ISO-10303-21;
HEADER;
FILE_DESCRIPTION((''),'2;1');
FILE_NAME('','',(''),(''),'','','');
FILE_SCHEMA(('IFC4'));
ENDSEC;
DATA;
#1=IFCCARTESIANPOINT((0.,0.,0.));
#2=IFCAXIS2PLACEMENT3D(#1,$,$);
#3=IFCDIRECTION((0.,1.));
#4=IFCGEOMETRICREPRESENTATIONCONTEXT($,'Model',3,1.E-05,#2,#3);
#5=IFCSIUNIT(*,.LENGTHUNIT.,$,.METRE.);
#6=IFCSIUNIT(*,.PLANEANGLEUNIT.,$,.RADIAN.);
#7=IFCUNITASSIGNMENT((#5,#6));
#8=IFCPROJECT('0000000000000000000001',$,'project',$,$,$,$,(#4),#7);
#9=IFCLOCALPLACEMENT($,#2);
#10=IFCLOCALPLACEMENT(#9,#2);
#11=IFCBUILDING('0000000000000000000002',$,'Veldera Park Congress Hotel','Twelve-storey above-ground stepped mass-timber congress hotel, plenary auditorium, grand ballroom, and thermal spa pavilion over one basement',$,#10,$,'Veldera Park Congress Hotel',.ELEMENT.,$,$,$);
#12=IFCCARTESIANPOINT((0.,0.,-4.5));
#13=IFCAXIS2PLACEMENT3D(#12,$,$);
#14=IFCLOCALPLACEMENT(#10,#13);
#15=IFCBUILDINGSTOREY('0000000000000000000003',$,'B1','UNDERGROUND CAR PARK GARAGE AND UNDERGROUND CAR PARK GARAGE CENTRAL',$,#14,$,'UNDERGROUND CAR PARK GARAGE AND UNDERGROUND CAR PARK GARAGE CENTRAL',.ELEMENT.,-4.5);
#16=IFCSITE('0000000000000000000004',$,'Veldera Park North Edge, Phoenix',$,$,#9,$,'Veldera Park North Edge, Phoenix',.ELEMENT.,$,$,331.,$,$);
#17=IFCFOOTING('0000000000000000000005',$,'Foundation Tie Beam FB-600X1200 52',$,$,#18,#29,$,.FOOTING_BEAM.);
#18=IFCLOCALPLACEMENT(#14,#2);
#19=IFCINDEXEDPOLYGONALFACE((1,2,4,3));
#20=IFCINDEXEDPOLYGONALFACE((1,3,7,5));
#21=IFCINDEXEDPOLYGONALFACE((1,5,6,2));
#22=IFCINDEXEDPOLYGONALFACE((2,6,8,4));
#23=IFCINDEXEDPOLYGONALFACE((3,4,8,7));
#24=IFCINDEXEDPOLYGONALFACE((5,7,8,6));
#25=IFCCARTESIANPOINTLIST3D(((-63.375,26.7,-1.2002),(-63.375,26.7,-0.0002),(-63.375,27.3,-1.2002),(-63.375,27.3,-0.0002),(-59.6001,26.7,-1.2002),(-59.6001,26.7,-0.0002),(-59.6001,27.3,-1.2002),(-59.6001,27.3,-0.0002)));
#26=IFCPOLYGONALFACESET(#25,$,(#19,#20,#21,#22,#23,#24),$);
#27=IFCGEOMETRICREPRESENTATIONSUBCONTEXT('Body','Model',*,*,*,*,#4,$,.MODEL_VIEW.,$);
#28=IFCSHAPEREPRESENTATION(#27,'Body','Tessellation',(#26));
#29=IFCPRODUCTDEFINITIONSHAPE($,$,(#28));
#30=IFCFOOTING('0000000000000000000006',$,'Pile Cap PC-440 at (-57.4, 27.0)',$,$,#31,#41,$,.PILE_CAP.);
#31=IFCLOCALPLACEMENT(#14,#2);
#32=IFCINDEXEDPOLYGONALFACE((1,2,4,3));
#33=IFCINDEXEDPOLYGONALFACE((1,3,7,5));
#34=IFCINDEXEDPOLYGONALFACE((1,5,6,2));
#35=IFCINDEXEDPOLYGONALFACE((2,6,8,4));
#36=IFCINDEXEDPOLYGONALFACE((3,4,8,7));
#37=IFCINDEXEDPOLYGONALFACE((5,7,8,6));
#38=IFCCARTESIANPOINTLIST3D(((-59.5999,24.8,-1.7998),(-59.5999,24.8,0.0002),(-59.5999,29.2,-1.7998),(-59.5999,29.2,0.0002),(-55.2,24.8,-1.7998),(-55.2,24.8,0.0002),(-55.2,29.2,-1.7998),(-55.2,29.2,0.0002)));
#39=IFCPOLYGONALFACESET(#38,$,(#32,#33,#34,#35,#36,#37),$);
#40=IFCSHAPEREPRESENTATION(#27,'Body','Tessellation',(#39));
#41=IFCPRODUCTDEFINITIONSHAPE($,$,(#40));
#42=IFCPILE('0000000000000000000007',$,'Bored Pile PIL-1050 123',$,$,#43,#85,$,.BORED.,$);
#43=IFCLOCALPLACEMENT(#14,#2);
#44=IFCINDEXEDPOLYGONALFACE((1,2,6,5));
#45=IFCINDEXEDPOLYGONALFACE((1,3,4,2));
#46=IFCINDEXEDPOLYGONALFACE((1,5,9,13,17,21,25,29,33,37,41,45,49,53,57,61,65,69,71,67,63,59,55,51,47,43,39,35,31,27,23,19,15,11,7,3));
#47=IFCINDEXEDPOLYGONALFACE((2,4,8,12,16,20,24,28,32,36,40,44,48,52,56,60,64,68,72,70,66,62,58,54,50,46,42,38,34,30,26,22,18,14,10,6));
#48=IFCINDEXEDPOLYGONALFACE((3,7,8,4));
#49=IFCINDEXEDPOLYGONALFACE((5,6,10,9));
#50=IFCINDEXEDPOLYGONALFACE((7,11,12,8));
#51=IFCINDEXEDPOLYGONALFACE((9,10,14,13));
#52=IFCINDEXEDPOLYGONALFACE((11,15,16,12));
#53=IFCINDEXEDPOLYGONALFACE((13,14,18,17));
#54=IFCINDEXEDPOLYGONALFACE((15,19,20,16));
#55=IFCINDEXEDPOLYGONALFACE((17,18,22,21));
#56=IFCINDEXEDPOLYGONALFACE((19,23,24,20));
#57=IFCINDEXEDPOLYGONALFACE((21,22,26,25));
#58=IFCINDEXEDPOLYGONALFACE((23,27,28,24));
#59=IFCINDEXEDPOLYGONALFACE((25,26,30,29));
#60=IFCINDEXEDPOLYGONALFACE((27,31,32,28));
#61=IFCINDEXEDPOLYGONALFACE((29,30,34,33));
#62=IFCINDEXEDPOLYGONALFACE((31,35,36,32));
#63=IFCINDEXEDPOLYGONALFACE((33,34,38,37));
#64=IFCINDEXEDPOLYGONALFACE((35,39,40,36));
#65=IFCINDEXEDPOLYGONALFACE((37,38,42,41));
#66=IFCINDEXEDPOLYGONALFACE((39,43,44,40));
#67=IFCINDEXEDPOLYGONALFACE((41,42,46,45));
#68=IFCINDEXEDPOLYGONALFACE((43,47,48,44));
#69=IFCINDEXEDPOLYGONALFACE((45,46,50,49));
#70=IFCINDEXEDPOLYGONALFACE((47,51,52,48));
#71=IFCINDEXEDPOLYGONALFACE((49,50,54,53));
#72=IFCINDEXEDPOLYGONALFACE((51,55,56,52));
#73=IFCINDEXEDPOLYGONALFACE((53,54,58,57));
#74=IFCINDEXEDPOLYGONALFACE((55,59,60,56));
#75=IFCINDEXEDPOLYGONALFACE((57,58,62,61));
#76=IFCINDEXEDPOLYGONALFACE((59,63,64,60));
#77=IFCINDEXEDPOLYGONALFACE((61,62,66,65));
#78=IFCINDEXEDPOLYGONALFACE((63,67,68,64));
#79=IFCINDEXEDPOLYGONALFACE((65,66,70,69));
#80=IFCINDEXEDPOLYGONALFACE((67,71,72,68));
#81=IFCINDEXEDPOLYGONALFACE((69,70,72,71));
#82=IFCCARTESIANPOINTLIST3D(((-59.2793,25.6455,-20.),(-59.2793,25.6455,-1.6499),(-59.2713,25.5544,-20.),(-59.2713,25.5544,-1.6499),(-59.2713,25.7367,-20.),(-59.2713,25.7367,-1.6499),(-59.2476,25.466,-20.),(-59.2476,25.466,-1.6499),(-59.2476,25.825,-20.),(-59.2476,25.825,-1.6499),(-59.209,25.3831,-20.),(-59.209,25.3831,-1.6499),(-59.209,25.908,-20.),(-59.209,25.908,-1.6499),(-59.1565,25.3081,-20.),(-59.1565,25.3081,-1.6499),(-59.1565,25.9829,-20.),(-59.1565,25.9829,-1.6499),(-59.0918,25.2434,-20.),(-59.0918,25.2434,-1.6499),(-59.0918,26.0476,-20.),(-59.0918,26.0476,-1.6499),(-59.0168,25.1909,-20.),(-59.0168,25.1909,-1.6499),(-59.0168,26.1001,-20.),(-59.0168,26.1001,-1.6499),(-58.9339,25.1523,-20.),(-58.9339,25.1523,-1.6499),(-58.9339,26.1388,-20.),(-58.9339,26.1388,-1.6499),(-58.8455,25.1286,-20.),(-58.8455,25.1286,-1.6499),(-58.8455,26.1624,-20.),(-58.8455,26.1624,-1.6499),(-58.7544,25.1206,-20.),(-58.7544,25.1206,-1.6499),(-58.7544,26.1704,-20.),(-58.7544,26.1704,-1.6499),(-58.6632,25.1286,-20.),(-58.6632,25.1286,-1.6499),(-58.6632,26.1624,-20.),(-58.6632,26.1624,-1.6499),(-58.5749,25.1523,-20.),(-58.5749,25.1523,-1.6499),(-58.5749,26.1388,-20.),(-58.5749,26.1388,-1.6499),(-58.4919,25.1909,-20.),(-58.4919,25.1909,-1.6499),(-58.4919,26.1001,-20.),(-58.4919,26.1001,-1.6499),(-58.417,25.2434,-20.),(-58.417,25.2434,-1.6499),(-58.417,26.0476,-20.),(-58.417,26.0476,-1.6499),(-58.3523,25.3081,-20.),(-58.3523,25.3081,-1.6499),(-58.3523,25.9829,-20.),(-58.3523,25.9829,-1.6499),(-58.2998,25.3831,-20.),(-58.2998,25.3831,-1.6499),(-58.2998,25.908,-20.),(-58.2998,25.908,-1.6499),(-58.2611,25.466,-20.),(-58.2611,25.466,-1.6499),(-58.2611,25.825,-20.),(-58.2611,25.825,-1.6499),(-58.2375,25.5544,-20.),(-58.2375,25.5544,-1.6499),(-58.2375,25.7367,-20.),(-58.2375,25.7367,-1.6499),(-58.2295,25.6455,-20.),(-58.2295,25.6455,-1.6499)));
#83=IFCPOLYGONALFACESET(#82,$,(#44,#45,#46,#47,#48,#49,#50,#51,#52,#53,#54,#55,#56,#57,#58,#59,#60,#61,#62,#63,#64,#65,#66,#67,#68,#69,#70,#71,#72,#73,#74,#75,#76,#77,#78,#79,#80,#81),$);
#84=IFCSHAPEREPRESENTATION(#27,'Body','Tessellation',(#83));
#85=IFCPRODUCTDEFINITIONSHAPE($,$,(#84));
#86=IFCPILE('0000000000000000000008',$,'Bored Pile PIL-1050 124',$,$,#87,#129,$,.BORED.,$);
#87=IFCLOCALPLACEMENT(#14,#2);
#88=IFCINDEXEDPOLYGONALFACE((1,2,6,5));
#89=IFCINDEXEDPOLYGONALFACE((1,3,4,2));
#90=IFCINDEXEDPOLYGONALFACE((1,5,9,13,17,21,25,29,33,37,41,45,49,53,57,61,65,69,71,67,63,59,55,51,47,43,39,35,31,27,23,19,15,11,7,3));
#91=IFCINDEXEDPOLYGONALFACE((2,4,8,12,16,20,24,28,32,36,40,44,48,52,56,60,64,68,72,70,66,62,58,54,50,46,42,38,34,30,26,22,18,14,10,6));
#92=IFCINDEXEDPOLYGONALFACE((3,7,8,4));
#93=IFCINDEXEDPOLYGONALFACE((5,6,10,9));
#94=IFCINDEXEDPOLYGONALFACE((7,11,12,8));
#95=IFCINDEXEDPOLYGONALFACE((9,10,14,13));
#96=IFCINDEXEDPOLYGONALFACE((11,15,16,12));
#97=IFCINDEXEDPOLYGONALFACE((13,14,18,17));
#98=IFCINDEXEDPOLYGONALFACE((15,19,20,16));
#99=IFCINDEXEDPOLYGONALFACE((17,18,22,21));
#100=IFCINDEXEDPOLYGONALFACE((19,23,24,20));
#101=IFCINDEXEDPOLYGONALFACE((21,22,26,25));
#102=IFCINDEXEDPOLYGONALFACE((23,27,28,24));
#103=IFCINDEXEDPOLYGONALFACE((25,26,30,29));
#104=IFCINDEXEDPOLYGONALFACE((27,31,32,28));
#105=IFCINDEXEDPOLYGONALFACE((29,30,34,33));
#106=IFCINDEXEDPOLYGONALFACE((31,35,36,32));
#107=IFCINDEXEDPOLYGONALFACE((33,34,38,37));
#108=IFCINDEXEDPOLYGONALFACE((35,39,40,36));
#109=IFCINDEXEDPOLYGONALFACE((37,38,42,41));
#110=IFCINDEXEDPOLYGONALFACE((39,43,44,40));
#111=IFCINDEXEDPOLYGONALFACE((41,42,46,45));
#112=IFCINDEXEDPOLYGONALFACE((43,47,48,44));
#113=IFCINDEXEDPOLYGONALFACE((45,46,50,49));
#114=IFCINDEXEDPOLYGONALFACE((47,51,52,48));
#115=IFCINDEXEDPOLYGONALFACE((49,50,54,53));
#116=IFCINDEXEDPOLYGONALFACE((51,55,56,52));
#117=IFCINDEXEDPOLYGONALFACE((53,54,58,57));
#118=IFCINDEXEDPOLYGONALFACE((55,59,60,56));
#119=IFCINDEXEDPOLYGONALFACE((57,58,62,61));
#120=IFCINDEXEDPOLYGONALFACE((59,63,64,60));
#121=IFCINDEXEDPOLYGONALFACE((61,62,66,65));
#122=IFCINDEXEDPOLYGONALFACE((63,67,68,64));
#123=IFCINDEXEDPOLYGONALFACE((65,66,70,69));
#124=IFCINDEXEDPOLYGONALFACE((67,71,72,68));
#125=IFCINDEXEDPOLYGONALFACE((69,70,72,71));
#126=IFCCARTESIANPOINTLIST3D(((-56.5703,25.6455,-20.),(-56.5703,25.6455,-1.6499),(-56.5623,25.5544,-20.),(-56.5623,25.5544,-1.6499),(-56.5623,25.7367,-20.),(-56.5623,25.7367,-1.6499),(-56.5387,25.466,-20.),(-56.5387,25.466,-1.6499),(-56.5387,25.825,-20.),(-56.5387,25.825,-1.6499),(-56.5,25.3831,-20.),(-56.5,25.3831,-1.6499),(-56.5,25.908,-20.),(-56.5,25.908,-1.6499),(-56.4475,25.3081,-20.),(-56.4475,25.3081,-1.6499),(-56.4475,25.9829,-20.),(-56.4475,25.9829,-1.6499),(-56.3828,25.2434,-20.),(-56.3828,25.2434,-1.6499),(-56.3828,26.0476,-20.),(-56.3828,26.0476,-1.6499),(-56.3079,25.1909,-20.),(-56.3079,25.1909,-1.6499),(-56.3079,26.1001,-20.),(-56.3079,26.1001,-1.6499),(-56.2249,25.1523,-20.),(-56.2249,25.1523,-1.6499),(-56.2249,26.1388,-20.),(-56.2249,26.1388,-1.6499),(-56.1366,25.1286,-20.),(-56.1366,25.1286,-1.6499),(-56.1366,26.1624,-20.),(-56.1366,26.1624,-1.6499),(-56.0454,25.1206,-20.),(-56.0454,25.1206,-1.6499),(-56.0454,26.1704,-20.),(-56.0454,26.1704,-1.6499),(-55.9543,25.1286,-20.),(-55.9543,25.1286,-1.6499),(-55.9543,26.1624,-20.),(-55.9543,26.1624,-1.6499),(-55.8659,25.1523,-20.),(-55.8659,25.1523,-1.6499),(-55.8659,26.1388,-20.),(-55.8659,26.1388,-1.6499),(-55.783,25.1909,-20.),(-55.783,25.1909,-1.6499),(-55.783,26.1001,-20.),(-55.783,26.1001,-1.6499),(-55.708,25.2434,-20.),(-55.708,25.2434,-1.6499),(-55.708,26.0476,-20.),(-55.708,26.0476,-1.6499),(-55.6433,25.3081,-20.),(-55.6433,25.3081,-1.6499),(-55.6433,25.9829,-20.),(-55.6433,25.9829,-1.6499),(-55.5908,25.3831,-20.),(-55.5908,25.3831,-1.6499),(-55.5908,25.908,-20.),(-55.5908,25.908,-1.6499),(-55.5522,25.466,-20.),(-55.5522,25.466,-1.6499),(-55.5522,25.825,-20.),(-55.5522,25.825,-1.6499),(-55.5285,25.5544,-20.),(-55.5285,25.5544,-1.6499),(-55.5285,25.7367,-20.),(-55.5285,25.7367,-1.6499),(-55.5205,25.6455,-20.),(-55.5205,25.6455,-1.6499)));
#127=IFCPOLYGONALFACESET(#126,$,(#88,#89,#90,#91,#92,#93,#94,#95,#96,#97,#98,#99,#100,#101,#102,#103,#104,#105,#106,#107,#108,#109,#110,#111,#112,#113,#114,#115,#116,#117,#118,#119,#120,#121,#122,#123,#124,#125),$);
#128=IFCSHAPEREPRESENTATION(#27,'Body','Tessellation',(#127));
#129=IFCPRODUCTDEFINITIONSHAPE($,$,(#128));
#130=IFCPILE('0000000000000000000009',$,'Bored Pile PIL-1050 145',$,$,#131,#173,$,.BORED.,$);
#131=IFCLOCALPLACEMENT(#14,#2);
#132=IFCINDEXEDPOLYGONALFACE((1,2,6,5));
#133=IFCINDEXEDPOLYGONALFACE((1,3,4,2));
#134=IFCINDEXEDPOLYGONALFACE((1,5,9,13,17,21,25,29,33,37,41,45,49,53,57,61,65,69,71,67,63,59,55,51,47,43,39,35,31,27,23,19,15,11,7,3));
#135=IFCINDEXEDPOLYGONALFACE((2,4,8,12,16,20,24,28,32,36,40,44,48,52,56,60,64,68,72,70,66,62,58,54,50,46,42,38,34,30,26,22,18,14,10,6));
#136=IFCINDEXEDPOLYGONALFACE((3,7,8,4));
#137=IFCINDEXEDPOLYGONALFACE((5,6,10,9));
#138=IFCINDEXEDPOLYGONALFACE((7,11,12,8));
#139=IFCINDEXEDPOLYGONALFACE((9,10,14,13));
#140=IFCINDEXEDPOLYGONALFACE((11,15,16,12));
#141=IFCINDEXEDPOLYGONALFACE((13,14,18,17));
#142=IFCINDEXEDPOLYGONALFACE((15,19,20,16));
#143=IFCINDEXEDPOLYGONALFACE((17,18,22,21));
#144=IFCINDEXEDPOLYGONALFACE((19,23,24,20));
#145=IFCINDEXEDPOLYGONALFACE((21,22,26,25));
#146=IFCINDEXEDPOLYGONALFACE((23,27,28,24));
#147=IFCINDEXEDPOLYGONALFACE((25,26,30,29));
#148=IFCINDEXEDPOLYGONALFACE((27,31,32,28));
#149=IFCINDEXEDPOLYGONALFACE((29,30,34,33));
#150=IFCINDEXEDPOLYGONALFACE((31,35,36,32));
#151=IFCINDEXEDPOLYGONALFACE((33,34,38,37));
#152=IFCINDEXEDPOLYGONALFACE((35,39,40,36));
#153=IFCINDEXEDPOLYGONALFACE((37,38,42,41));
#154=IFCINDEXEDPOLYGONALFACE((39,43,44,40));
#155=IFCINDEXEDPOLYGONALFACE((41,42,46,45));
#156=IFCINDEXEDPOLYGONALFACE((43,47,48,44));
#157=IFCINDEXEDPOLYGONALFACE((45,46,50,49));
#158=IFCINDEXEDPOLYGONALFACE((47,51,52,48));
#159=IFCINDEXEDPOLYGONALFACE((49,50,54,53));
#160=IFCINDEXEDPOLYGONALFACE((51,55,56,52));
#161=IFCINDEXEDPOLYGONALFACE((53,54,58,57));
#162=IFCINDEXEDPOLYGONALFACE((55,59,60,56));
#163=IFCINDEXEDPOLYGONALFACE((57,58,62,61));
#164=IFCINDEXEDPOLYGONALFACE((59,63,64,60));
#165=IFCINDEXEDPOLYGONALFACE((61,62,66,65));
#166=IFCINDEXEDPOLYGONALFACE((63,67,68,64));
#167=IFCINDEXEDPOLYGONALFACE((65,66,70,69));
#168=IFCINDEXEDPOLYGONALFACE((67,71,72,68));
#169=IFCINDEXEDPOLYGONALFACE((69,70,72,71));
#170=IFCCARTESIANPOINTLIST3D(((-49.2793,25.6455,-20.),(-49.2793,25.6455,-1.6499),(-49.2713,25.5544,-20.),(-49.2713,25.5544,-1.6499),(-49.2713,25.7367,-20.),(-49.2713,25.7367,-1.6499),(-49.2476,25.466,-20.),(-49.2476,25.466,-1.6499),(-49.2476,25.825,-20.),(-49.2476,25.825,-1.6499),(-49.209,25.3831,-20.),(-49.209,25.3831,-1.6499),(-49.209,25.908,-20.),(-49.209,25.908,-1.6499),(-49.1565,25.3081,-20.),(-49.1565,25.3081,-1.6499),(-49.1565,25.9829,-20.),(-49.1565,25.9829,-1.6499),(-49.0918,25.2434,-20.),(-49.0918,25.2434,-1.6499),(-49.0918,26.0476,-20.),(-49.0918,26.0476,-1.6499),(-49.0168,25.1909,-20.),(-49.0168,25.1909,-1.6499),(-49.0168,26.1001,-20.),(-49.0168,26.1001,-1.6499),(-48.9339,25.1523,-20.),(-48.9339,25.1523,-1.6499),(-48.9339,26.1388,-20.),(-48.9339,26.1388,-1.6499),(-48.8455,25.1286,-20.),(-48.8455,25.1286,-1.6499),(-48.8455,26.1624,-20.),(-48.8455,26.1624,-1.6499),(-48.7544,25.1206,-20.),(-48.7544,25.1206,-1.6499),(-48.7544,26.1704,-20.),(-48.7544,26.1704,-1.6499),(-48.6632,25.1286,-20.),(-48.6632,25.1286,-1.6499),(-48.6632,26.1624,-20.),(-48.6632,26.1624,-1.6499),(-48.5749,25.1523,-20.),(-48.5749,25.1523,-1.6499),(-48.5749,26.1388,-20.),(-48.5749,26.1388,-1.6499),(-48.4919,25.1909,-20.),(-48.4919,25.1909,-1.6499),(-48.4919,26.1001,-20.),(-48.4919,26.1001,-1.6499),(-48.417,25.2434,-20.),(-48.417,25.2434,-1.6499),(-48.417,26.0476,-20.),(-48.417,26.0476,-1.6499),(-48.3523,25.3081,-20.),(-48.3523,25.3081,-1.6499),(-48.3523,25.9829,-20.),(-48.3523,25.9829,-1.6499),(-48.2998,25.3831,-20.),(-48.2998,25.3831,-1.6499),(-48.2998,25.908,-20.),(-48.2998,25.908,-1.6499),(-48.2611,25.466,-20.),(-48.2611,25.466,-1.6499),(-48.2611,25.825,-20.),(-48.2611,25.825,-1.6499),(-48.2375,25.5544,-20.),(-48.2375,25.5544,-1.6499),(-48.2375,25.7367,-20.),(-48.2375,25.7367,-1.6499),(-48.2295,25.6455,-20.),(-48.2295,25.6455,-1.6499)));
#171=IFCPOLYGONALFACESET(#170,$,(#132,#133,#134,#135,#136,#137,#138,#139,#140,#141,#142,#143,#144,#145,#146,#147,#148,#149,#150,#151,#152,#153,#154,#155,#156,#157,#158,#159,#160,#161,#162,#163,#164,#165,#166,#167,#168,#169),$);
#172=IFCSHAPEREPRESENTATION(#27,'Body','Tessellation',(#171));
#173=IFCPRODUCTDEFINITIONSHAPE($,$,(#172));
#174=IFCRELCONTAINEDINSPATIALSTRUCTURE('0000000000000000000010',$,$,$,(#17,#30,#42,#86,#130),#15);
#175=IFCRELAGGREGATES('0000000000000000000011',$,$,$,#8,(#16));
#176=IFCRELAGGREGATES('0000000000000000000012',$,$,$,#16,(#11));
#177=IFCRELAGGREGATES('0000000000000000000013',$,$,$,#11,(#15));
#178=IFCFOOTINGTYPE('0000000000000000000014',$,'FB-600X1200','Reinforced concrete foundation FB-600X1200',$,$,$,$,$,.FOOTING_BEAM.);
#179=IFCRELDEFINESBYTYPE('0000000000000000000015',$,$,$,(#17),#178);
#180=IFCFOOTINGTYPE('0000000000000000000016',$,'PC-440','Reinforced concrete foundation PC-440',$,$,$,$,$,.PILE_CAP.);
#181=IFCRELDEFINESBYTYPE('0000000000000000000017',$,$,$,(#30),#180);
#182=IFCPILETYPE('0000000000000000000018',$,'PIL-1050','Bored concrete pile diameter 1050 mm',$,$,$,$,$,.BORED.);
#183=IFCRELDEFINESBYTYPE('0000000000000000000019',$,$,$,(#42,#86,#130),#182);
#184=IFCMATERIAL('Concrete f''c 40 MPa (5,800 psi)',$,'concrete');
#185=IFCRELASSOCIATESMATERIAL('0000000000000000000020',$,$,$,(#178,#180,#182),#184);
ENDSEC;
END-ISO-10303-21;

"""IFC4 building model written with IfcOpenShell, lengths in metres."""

from ifc_helpers import new_model, si_unit, direction, frame, origin, origin_2d, place, context, subcontext, project, spatial, rectangle, circle, extrude, material, material_profile, profile_set, type_object, element, save


model = new_model("IFC4")

# Units and contexts
model_context = context("Model", 3, precision=1e-05, world=origin(), true_north=direction((0.0, 1.0)))
body_context = subcontext(model_context, "Body", "Model", "MODEL_VIEW")
ifc_project = project(units=[si_unit("LENGTHUNIT", "METRE"), si_unit("PLANEANGLEUNIT", "RADIAN")], contexts=[model_context])

# Site, building, storey
site_placement = place(None, origin())
site = spatial("IfcSite", under=ifc_project, at=site_placement, Name="Veldera Park North Edge, Phoenix", LongName="Veldera Park North Edge, Phoenix", CompositionType="ELEMENT", RefElevation=331.0)
building_placement = place(site_placement, origin())
building = spatial("IfcBuilding", under=site, at=building_placement, Name="Veldera Park Congress Hotel", Description="Twelve-storey above-ground stepped mass-timber congress hotel, plenary auditorium, grand ballroom, and thermal spa pavilion over one basement", LongName="Veldera Park Congress Hotel", CompositionType="ELEMENT")
storey_placement = place(building_placement, frame((0.0, 0.0, -4.5)))
storey = spatial("IfcBuildingStorey", under=building, at=storey_placement, Name="B1", Description="UNDERGROUND CAR PARK GARAGE AND UNDERGROUND CAR PARK GARAGE CENTRAL", LongName="UNDERGROUND CAR PARK GARAGE AND UNDERGROUND CAR PARK GARAGE CENTRAL", CompositionType="ELEMENT", Elevation=-4.5)

# Footings
ifc_material_1 = material(Name="Concrete f'c 40 MPa (5,800 psi)", Category="concrete")
footing_type_1 = type_object("IfcFootingType", Name="FB-600X1200", Description="Reinforced concrete foundation FB-600X1200", PredefinedType="FOOTING_BEAM", material=ifc_material_1)
footing_1_placement = place(storey_placement, frame((-61.4875, 27.0, -1.2002), z_axis=(0.0, 0.0, 1.0), x_axis=(1.0, 0.0, 0.0)))
element("IfcFooting", 1, at=footing_1_placement, inside=storey, type_object=footing_type_1, Name="Foundation Tie Beam FB-600X1200 52", PredefinedType="FOOTING_BEAM", context=body_context, shape_type="SweptSolid", body=[
    extrude(rectangle(XDim=3.7749, YDim=0.6001, at=origin_2d()), origin(), (0.0, 0.0, 1.0), 1.2),
])
footing_type_2 = type_object("IfcFootingType", Name="PC-440", Description="Reinforced concrete foundation PC-440", PredefinedType="PILE_CAP", material=ifc_material_1)
footing_2_placement = place(storey_placement, frame((-57.3999, 27.0, -1.7998), z_axis=(0.0, 0.0, 1.0), x_axis=(1.0, 0.0, 0.0)))
element("IfcFooting", 2, at=footing_2_placement, inside=storey, type_object=footing_type_2, Name="Pile Cap PC-440 at (-57.4, 27.0)", PredefinedType="PILE_CAP", context=body_context, shape_type="SweptSolid", body=[
    extrude(rectangle(XDim=4.3999, YDim=4.3999, at=origin_2d()), origin(), (0.0, 0.0, 1.0), 1.8),
])

# Piles
ifc_material_profile_1 = material_profile(ifc_material_1, circle(Radius=0.5249, at=origin_2d()), Name="PILE D1050")
ifc_profile_set_1 = profile_set([ifc_material_profile_1], Name="Concrete f'c 40 MPa (5,800 psi)")
pile_type_1 = type_object("IfcPileType", Name="PIL-1050", Description="Bored concrete pile diameter 1050 mm", PredefinedType="BORED", material=ifc_profile_set_1)
for number, where, z_axis, x_axis, name in (
    (3, (-58.7544, 25.6455, -1.6499), (0.0, 0.0, -1.0), (1.0, 0.0, 0.0), "Bored Pile PIL-1050 123"),
    (4, (-56.0454, 25.6455, -1.6499), (0.0, 0.0, -1.0), (1.0, 0.0, 0.0), "Bored Pile PIL-1050 124"),
    (5, (-48.7544, 25.6455, -1.6499), (0.0, 0.0, -1.0), (1.0, 0.0, 0.0), "Bored Pile PIL-1050 145"),
):
    element("IfcPile", number, at=place(storey_placement, frame(where, z_axis=z_axis, x_axis=x_axis)), inside=storey, type_object=pile_type_1, Name=name, PredefinedType="BORED", context=body_context, shape_type="SweptSolid", body=[
        extrude(circle(Radius=0.5249, at=origin_2d()), origin(), (0.0, 0.0, 1.0), 18.3501),
    ])

save(model, "model.ifc")
